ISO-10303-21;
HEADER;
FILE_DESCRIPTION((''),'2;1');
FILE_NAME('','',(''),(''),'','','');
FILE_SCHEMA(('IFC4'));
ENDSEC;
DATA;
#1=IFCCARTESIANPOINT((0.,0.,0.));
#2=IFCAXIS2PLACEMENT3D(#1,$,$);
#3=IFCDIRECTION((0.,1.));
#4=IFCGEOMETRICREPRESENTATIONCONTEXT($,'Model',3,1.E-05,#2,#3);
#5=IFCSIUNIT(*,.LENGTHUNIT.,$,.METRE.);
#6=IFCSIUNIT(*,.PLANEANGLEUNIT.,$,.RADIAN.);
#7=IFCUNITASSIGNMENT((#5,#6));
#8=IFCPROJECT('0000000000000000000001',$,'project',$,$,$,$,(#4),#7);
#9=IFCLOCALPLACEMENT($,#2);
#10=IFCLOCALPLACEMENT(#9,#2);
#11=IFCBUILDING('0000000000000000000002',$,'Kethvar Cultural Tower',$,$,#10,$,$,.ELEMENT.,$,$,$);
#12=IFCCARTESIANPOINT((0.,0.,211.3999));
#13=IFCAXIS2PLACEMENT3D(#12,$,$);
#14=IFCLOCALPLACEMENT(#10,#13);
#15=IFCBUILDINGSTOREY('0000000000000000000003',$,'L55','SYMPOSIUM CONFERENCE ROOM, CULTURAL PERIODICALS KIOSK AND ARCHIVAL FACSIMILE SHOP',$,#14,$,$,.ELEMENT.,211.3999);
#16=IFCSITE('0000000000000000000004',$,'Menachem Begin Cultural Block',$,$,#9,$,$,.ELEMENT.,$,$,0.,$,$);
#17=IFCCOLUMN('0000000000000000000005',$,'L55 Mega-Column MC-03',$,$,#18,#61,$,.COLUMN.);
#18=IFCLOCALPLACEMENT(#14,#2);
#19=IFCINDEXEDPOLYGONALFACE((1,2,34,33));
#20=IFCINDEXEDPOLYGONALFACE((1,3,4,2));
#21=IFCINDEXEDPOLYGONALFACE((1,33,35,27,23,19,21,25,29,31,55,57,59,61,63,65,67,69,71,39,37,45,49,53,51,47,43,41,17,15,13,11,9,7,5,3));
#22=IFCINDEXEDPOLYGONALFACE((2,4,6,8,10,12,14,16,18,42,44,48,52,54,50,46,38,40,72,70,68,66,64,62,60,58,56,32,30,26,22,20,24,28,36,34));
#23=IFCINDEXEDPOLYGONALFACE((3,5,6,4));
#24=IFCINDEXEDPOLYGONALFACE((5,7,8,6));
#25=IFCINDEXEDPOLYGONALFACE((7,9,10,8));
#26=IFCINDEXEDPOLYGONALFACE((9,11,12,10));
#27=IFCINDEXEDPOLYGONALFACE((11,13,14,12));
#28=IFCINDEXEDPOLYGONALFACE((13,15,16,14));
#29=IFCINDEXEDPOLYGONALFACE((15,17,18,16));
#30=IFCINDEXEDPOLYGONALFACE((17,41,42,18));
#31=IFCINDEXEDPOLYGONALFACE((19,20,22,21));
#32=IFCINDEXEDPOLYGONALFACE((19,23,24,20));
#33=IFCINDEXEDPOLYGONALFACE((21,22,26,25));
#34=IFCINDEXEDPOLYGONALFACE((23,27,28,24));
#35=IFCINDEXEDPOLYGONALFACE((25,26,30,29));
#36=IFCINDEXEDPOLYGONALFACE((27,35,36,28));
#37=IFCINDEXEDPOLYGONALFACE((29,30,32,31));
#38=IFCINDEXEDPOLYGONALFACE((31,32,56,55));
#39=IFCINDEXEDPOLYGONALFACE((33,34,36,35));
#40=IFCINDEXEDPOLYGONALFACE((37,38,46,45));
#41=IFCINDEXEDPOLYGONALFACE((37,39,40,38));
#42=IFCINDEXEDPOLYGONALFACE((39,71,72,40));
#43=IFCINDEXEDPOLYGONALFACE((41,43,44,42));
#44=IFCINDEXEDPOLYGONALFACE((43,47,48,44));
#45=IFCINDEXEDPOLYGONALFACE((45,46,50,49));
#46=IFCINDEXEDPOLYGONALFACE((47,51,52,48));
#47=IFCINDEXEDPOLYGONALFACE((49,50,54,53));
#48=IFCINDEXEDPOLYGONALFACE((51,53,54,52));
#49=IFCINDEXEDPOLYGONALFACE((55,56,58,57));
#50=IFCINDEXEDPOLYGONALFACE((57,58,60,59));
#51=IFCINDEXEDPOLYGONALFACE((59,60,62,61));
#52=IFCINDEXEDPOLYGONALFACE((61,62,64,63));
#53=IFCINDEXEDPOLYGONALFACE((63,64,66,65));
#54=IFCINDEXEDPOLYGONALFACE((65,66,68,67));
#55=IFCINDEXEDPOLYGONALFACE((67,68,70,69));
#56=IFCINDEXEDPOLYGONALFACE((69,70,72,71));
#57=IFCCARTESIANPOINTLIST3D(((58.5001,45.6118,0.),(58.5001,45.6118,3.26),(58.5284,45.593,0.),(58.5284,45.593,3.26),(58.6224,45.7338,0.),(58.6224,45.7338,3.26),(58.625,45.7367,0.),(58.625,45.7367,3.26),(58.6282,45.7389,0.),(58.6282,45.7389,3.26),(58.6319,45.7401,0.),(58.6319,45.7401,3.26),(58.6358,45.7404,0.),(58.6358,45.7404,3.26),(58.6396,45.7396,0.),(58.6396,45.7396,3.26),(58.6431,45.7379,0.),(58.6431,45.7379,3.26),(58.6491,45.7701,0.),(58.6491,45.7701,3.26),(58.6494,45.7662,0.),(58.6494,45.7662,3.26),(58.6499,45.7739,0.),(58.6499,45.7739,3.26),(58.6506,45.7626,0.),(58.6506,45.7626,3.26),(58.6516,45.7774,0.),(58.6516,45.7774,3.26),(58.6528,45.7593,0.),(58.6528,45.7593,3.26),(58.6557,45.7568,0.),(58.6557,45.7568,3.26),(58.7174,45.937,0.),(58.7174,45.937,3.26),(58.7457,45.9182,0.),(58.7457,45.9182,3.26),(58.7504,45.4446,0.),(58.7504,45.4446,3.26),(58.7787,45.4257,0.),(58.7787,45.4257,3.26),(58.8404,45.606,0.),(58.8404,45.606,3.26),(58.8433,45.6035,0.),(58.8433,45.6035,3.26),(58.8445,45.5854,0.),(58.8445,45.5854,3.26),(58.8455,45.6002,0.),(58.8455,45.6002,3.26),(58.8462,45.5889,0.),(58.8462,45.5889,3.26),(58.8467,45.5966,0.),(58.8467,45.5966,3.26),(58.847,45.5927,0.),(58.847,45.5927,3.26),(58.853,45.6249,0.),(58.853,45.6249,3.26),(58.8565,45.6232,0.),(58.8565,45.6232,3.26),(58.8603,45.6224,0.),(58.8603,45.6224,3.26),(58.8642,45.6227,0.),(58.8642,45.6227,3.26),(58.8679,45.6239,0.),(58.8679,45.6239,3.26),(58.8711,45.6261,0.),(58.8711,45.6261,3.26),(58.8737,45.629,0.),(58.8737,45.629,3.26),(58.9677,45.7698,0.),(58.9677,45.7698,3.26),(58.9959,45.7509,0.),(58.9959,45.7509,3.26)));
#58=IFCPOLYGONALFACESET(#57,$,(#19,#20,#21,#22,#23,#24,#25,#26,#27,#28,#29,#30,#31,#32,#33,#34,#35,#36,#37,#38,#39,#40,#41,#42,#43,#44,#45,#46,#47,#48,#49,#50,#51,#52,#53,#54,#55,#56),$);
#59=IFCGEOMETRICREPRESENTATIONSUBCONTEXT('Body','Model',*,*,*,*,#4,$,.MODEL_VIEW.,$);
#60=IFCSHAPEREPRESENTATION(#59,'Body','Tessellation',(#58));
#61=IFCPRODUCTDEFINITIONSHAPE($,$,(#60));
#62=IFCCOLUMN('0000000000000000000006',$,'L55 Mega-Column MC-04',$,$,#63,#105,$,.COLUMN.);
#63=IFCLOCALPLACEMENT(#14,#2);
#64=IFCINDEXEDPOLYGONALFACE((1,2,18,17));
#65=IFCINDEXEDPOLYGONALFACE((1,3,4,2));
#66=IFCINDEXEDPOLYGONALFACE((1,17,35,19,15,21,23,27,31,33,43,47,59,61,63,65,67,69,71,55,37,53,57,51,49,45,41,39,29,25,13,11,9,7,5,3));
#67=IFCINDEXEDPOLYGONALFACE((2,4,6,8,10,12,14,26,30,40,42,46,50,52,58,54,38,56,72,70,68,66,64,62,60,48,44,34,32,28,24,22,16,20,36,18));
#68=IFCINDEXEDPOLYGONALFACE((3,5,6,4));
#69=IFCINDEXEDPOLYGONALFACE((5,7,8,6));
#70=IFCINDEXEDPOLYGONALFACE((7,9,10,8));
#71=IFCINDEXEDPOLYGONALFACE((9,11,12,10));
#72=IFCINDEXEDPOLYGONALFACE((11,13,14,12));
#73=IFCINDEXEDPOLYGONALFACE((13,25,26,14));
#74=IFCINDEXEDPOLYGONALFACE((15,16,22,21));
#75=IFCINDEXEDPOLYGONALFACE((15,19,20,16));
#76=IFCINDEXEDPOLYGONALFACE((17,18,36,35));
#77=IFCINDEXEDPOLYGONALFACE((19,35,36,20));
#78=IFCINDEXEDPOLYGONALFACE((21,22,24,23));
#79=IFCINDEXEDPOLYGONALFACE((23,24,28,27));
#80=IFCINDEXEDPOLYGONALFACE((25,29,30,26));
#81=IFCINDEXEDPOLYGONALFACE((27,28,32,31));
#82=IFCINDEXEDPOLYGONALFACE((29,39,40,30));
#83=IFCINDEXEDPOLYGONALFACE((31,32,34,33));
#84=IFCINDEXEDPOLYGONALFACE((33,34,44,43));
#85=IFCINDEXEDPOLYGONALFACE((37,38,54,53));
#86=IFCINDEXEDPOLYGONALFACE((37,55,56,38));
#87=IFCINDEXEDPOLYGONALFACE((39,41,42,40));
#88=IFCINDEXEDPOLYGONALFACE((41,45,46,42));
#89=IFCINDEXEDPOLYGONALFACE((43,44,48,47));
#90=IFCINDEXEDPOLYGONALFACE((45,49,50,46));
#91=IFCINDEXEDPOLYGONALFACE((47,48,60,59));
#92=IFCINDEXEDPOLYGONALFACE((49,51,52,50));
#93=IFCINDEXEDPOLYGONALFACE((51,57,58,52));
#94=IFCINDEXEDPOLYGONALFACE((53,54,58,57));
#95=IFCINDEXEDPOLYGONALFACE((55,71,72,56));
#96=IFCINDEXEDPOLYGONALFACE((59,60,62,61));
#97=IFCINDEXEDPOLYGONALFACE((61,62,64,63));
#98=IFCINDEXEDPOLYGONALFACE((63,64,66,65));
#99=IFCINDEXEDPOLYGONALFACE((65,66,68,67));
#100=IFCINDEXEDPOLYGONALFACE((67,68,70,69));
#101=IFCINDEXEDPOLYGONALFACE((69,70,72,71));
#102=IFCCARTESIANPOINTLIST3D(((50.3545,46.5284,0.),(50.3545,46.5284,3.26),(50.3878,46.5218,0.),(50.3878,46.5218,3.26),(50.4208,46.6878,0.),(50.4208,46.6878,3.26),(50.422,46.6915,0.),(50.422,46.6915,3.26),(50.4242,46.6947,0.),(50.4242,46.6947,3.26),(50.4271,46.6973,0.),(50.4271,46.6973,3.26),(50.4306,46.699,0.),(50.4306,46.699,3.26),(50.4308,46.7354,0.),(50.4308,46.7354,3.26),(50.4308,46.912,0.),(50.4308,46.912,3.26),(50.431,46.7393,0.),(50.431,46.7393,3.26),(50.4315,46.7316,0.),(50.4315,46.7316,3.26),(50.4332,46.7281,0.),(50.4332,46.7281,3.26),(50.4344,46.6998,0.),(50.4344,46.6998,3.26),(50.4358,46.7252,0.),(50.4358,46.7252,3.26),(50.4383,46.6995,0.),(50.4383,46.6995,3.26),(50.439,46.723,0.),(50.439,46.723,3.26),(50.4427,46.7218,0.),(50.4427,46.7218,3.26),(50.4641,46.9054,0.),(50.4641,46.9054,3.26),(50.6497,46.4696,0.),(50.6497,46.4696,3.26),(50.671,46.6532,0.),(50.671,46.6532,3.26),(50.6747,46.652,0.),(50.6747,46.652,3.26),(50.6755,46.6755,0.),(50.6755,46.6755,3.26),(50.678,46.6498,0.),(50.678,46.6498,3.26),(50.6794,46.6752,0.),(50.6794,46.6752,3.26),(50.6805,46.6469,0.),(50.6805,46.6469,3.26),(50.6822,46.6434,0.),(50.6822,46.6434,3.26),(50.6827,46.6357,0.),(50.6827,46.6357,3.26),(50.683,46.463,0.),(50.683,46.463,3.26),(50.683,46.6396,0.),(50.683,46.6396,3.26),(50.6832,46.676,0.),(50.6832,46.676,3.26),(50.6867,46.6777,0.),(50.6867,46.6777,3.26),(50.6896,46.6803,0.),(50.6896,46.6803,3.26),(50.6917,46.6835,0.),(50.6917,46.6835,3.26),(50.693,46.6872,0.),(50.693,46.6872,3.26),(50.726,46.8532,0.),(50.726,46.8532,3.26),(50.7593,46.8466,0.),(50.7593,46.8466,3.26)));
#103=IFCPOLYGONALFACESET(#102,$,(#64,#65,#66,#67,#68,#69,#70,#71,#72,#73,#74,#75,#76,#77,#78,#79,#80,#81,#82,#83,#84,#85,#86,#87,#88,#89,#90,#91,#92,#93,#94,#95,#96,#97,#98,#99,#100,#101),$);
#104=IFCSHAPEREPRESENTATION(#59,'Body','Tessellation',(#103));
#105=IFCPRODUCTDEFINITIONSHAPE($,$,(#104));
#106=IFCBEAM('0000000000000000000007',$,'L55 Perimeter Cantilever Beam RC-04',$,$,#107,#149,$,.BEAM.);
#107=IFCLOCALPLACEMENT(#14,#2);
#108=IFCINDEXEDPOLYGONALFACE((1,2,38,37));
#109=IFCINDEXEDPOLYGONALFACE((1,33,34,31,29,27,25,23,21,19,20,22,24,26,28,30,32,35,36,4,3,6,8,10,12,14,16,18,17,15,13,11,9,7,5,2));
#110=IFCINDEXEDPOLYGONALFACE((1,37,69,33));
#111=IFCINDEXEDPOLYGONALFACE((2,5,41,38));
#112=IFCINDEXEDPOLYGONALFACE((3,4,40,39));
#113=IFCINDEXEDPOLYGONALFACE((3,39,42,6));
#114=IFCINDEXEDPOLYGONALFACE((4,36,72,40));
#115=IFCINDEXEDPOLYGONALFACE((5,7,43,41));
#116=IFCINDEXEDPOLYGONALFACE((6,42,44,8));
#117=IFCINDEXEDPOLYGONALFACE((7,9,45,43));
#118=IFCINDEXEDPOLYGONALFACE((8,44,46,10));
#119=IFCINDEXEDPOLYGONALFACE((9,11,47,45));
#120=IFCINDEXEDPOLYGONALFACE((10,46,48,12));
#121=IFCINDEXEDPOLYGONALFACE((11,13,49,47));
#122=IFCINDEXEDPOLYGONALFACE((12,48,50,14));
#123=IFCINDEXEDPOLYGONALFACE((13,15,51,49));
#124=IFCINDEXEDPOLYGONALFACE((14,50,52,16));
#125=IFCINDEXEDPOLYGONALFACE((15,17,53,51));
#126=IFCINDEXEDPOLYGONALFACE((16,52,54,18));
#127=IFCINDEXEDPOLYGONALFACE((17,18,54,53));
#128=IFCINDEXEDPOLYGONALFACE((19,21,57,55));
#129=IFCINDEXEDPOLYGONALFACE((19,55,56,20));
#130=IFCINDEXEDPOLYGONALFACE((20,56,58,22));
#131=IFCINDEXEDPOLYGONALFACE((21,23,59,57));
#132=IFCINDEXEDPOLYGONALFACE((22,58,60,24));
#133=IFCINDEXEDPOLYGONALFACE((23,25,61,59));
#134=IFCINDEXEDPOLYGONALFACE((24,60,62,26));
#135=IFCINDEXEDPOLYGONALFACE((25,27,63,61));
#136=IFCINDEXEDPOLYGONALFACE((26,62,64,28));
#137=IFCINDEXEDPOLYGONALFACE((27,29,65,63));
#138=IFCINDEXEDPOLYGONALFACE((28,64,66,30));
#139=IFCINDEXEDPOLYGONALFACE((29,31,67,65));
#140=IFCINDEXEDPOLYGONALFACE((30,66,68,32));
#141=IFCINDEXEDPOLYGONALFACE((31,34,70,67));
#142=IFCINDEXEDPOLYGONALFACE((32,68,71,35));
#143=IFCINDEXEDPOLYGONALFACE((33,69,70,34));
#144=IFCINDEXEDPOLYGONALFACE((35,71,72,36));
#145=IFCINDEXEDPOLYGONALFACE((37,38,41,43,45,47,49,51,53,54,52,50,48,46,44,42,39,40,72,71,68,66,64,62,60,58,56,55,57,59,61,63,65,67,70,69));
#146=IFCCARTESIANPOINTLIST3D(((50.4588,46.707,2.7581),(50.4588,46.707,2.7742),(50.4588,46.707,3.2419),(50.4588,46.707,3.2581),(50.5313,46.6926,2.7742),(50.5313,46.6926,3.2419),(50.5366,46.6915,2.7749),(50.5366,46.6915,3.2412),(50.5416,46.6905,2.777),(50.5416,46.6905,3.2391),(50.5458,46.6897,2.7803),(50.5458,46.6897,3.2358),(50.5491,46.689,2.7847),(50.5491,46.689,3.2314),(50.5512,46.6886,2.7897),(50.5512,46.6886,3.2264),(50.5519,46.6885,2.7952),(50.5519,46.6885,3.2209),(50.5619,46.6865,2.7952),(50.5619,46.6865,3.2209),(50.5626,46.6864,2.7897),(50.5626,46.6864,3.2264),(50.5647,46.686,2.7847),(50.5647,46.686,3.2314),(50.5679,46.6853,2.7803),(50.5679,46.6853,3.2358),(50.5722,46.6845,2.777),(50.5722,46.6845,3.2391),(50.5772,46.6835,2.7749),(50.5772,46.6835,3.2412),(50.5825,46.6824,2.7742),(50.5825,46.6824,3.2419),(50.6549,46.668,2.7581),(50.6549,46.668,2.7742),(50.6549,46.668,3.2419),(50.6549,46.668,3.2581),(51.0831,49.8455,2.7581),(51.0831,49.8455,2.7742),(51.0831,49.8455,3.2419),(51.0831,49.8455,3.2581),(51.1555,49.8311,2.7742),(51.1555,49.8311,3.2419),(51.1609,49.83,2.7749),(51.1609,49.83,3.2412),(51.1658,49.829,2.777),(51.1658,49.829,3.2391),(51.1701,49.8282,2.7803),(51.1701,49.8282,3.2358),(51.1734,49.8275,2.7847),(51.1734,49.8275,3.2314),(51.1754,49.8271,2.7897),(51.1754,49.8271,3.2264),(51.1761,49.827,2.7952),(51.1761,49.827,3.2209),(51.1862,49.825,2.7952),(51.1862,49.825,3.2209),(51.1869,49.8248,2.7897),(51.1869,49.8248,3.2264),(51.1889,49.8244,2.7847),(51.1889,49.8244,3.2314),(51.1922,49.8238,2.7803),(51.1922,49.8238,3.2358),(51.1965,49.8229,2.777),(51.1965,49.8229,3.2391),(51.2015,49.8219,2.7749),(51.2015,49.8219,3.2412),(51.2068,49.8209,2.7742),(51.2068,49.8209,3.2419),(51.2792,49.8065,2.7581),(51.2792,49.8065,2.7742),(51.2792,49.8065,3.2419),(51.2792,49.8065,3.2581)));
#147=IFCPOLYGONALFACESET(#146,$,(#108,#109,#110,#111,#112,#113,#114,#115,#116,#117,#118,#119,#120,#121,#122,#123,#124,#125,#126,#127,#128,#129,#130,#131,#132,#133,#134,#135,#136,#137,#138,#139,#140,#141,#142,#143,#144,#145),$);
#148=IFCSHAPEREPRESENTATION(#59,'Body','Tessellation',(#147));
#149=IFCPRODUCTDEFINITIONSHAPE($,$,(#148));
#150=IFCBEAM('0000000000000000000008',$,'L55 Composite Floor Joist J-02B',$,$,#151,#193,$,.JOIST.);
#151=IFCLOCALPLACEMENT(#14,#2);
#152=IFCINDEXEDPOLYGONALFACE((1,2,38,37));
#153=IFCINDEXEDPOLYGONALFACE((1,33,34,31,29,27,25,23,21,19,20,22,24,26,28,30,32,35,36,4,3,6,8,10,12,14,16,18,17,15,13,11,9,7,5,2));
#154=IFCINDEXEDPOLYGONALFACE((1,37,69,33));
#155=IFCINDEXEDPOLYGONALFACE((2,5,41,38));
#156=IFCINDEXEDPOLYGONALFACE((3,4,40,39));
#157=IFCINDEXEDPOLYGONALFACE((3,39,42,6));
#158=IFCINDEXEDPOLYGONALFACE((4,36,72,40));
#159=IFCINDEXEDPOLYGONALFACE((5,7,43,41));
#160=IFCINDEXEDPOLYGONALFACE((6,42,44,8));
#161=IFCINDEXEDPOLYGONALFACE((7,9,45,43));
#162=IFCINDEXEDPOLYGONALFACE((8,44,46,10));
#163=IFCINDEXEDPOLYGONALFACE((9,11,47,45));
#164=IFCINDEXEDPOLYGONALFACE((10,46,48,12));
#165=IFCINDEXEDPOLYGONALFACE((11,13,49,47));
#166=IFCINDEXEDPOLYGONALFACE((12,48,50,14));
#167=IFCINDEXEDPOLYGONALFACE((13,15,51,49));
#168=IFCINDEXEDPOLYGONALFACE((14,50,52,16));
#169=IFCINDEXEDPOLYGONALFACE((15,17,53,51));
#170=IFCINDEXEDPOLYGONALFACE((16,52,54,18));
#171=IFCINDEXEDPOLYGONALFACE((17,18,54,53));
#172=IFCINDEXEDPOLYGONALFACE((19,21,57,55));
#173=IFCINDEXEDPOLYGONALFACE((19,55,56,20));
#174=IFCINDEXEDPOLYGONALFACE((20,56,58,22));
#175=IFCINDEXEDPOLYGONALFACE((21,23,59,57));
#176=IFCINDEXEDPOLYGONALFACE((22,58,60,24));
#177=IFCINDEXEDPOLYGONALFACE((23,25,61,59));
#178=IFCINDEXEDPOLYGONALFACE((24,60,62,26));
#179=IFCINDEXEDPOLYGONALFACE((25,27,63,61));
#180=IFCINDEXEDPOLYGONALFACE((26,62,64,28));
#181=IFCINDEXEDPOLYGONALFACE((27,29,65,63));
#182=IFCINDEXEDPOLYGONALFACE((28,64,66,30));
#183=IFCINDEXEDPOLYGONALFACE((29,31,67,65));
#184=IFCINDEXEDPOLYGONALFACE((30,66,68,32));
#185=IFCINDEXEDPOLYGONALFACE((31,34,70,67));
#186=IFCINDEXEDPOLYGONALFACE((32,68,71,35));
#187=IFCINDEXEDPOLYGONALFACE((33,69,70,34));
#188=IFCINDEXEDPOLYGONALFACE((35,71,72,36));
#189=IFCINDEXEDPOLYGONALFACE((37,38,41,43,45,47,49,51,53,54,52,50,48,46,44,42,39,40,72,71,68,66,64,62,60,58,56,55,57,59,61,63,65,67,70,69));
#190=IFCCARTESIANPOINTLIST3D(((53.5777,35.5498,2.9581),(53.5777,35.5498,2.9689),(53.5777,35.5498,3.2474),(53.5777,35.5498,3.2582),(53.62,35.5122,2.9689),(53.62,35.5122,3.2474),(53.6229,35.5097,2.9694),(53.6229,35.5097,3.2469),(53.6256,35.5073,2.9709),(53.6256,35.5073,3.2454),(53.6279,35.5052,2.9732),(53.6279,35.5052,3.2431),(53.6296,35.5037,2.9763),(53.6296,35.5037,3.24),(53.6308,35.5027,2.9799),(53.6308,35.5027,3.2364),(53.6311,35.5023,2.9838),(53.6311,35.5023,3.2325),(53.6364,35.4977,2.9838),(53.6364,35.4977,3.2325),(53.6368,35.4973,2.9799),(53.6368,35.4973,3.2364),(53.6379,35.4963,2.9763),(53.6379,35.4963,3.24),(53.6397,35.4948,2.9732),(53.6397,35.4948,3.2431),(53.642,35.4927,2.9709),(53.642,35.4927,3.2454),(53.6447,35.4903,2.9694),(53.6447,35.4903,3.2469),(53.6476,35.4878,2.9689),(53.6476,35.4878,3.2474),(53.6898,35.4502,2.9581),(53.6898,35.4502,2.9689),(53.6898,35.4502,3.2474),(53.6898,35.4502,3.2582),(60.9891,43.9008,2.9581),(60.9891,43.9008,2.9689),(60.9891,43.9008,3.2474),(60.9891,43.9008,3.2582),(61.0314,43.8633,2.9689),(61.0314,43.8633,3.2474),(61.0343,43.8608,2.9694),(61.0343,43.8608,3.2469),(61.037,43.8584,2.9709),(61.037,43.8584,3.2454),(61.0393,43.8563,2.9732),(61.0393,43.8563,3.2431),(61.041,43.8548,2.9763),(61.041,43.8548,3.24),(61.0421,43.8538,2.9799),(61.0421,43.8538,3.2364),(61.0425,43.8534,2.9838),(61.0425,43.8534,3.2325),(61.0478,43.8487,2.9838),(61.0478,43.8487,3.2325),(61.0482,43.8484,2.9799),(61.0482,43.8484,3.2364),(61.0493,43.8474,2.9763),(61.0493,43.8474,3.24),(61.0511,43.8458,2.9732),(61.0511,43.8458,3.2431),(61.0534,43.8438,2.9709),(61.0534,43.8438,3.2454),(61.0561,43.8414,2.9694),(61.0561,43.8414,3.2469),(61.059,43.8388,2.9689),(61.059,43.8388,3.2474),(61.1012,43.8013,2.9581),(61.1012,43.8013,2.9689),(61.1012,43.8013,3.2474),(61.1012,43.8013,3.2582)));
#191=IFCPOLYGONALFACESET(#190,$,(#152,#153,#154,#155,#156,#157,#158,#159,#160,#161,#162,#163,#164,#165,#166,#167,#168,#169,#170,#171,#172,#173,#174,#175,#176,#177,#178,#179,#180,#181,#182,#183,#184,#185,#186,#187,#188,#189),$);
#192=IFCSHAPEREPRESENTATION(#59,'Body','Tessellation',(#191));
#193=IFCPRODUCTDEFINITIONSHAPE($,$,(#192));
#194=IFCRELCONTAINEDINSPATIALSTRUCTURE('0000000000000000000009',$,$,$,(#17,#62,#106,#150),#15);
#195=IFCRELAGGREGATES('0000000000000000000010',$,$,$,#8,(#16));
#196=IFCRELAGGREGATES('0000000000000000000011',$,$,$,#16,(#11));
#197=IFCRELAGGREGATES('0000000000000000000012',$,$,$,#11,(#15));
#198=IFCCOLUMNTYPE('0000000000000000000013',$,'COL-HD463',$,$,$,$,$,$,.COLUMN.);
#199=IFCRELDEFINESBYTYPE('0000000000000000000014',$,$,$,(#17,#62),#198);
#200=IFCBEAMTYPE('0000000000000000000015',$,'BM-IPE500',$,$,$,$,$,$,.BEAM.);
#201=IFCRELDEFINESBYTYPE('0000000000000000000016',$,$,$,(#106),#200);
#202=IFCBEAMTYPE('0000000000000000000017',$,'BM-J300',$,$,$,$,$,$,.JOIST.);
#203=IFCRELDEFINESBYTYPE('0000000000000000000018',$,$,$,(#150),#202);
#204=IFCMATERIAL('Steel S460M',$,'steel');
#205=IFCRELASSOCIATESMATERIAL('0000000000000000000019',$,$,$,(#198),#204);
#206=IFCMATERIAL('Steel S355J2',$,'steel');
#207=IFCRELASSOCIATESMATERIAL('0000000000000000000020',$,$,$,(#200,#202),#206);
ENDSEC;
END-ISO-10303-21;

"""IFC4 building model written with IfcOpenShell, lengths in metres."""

from ifc_helpers import new_model, si_unit, direction, frame, origin, origin_2d, place, context, subcontext, project, spatial, i_section, extrude, source, transform, mapped, material, material_profile, profile_set, type_object, element, save


model = new_model("IFC4")

# Units and contexts
model_context = context("Model", 3, precision=1e-05, world=origin(), true_north=direction((0.0, 1.0)))
body_context = subcontext(model_context, "Body", "Model", "MODEL_VIEW")
ifc_project = project(units=[si_unit("LENGTHUNIT", "METRE"), si_unit("PLANEANGLEUNIT", "RADIAN")], contexts=[model_context])

# Site, building, storey
site_placement = place(None, origin())
site = spatial("IfcSite", under=ifc_project, at=site_placement, Name="Menachem Begin Cultural Block", CompositionType="ELEMENT", RefElevation=0.0)
building_placement = place(site_placement, origin())
building = spatial("IfcBuilding", under=site, at=building_placement, Name="Kethvar Cultural Tower", CompositionType="ELEMENT")
storey_placement = place(building_placement, frame((0.0, 0.0, 211.3999)))
storey = spatial("IfcBuildingStorey", under=building, at=storey_placement, Name="L55", Description="SYMPOSIUM CONFERENCE ROOM, CULTURAL PERIODICALS KIOSK AND ARCHIVAL FACSIMILE SHOP", CompositionType="ELEMENT", Elevation=211.3999)

# Columns
ifc_material_1 = material(Name="Steel S460M", Category="steel")
ifc_material_profile_1 = material_profile(ifc_material_1, i_section(OverallWidth=0.3911, OverallDepth=0.335, WebThickness=0.0227, FlangeThickness=0.0339, FilletRadius=0.0149, at=origin_2d()), Name="Steel S460M — HD400x463")
ifc_profile_set_1 = profile_set([ifc_material_profile_1], Name="Steel S460M — HD400x463")
column_type = type_object("IfcColumnType", Name="COL-HD463", PredefinedType="COLUMN", material=ifc_profile_set_1)
shared_shape_1 = source(origin(), body_context, "Body", "SweptSolid", [
    extrude(i_section(OverallWidth=0.3911, OverallDepth=0.335, WebThickness=0.0227, FlangeThickness=0.0339, FilletRadius=0.0149, at=origin_2d()), origin(), (0.0, 0.0, 1.0), 3.26),
])
for number, where, z_axis, x_axis, name in (
    (1, (58.748, 45.6814, 0.0), (0.0, 0.0, 1.0), (0.55557, 0.83147, 0.0), "L55 Mega-Column MC-03"),
    (2, (50.5569, 46.6875, 0.0), (0.0, 0.0, 1.0), (0.19509, 0.980785, 0.0), "L55 Mega-Column MC-04"),
):
    element("IfcColumn", number, at=place(storey_placement, frame(where, z_axis=z_axis, x_axis=x_axis)), inside=storey, type_object=column_type, Name=name, PredefinedType="COLUMN", context=body_context, shape_type="MappedRepresentation", body=[
        mapped(shared_shape_1, transform((0.0, 0.0, 0.0), scale=1.0)),
    ])

# Beams
ifc_material_2 = material(Name="Steel S355J2", Category="steel")
ifc_material_profile_2 = material_profile(ifc_material_2, i_section(OverallWidth=0.2, OverallDepth=0.5, WebThickness=0.0103, FlangeThickness=0.0161, FilletRadius=0.021, at=origin_2d()), Name="Steel S355J2 — IPE500")
ifc_profile_set_2 = profile_set([ifc_material_profile_2], Name="Steel S355J2 — IPE500")
beam_type_1 = type_object("IfcBeamType", Name="BM-IPE500", PredefinedType="BEAM", material=ifc_profile_set_2)
shared_shape_2 = source(origin(), body_context, "Body", "SweptSolid", [
    extrude(i_section(OverallWidth=0.2, OverallDepth=0.5, WebThickness=0.0103, FlangeThickness=0.0161, FilletRadius=0.021, at=origin_2d()), origin(), (0.0, 0.0, 1.0), 3.2),
])
beam_1_placement = place(storey_placement, frame((50.5569, 46.6875, 3.0081), z_axis=(0.195089, 0.980786, 0.0), x_axis=(-0.980786, 0.195089, 0.0)))
element("IfcBeam", 3, at=beam_1_placement, inside=storey, type_object=beam_type_1, Name="L55 Perimeter Cantilever Beam RC-04", PredefinedType="BEAM", context=body_context, shape_type="MappedRepresentation", body=[
    mapped(shared_shape_2, transform((0.0, 0.0, 0.0), scale=1.0)),
])
ifc_material_profile_3 = material_profile(ifc_material_2, i_section(OverallWidth=0.1499, OverallDepth=0.3, WebThickness=0.0071, FlangeThickness=0.0107, FilletRadius=0.0149, at=origin_2d()), Name="Steel S355J2 — IPE300")
ifc_profile_set_3 = profile_set([ifc_material_profile_3], Name="Steel S355J2 — IPE300")
beam_type_2 = type_object("IfcBeamType", Name="BM-J300", PredefinedType="JOIST", material=ifc_profile_set_3)
shared_shape_3 = source(origin(), body_context, "Body", "SweptSolid", [
    extrude(i_section(OverallWidth=0.1499, OverallDepth=0.3, WebThickness=0.0071, FlangeThickness=0.0107, FilletRadius=0.0149, at=origin_2d()), origin(), (0.0, 0.0, 1.0), 11.1655),
])
beam_2_placement = place(storey_placement, frame((53.6338, 35.5, 3.1082), z_axis=(0.663773, 0.747934, 0.0), x_axis=(-0.747934, 0.663773, 0.0)))
element("IfcBeam", 4, at=beam_2_placement, inside=storey, type_object=beam_type_2, Name="L55 Composite Floor Joist J-02B", PredefinedType="JOIST", context=body_context, shape_type="MappedRepresentation", body=[
    mapped(shared_shape_3, transform((0.0, 0.0, 0.0), scale=1.0)),
])

save(model, "model.ifc")
